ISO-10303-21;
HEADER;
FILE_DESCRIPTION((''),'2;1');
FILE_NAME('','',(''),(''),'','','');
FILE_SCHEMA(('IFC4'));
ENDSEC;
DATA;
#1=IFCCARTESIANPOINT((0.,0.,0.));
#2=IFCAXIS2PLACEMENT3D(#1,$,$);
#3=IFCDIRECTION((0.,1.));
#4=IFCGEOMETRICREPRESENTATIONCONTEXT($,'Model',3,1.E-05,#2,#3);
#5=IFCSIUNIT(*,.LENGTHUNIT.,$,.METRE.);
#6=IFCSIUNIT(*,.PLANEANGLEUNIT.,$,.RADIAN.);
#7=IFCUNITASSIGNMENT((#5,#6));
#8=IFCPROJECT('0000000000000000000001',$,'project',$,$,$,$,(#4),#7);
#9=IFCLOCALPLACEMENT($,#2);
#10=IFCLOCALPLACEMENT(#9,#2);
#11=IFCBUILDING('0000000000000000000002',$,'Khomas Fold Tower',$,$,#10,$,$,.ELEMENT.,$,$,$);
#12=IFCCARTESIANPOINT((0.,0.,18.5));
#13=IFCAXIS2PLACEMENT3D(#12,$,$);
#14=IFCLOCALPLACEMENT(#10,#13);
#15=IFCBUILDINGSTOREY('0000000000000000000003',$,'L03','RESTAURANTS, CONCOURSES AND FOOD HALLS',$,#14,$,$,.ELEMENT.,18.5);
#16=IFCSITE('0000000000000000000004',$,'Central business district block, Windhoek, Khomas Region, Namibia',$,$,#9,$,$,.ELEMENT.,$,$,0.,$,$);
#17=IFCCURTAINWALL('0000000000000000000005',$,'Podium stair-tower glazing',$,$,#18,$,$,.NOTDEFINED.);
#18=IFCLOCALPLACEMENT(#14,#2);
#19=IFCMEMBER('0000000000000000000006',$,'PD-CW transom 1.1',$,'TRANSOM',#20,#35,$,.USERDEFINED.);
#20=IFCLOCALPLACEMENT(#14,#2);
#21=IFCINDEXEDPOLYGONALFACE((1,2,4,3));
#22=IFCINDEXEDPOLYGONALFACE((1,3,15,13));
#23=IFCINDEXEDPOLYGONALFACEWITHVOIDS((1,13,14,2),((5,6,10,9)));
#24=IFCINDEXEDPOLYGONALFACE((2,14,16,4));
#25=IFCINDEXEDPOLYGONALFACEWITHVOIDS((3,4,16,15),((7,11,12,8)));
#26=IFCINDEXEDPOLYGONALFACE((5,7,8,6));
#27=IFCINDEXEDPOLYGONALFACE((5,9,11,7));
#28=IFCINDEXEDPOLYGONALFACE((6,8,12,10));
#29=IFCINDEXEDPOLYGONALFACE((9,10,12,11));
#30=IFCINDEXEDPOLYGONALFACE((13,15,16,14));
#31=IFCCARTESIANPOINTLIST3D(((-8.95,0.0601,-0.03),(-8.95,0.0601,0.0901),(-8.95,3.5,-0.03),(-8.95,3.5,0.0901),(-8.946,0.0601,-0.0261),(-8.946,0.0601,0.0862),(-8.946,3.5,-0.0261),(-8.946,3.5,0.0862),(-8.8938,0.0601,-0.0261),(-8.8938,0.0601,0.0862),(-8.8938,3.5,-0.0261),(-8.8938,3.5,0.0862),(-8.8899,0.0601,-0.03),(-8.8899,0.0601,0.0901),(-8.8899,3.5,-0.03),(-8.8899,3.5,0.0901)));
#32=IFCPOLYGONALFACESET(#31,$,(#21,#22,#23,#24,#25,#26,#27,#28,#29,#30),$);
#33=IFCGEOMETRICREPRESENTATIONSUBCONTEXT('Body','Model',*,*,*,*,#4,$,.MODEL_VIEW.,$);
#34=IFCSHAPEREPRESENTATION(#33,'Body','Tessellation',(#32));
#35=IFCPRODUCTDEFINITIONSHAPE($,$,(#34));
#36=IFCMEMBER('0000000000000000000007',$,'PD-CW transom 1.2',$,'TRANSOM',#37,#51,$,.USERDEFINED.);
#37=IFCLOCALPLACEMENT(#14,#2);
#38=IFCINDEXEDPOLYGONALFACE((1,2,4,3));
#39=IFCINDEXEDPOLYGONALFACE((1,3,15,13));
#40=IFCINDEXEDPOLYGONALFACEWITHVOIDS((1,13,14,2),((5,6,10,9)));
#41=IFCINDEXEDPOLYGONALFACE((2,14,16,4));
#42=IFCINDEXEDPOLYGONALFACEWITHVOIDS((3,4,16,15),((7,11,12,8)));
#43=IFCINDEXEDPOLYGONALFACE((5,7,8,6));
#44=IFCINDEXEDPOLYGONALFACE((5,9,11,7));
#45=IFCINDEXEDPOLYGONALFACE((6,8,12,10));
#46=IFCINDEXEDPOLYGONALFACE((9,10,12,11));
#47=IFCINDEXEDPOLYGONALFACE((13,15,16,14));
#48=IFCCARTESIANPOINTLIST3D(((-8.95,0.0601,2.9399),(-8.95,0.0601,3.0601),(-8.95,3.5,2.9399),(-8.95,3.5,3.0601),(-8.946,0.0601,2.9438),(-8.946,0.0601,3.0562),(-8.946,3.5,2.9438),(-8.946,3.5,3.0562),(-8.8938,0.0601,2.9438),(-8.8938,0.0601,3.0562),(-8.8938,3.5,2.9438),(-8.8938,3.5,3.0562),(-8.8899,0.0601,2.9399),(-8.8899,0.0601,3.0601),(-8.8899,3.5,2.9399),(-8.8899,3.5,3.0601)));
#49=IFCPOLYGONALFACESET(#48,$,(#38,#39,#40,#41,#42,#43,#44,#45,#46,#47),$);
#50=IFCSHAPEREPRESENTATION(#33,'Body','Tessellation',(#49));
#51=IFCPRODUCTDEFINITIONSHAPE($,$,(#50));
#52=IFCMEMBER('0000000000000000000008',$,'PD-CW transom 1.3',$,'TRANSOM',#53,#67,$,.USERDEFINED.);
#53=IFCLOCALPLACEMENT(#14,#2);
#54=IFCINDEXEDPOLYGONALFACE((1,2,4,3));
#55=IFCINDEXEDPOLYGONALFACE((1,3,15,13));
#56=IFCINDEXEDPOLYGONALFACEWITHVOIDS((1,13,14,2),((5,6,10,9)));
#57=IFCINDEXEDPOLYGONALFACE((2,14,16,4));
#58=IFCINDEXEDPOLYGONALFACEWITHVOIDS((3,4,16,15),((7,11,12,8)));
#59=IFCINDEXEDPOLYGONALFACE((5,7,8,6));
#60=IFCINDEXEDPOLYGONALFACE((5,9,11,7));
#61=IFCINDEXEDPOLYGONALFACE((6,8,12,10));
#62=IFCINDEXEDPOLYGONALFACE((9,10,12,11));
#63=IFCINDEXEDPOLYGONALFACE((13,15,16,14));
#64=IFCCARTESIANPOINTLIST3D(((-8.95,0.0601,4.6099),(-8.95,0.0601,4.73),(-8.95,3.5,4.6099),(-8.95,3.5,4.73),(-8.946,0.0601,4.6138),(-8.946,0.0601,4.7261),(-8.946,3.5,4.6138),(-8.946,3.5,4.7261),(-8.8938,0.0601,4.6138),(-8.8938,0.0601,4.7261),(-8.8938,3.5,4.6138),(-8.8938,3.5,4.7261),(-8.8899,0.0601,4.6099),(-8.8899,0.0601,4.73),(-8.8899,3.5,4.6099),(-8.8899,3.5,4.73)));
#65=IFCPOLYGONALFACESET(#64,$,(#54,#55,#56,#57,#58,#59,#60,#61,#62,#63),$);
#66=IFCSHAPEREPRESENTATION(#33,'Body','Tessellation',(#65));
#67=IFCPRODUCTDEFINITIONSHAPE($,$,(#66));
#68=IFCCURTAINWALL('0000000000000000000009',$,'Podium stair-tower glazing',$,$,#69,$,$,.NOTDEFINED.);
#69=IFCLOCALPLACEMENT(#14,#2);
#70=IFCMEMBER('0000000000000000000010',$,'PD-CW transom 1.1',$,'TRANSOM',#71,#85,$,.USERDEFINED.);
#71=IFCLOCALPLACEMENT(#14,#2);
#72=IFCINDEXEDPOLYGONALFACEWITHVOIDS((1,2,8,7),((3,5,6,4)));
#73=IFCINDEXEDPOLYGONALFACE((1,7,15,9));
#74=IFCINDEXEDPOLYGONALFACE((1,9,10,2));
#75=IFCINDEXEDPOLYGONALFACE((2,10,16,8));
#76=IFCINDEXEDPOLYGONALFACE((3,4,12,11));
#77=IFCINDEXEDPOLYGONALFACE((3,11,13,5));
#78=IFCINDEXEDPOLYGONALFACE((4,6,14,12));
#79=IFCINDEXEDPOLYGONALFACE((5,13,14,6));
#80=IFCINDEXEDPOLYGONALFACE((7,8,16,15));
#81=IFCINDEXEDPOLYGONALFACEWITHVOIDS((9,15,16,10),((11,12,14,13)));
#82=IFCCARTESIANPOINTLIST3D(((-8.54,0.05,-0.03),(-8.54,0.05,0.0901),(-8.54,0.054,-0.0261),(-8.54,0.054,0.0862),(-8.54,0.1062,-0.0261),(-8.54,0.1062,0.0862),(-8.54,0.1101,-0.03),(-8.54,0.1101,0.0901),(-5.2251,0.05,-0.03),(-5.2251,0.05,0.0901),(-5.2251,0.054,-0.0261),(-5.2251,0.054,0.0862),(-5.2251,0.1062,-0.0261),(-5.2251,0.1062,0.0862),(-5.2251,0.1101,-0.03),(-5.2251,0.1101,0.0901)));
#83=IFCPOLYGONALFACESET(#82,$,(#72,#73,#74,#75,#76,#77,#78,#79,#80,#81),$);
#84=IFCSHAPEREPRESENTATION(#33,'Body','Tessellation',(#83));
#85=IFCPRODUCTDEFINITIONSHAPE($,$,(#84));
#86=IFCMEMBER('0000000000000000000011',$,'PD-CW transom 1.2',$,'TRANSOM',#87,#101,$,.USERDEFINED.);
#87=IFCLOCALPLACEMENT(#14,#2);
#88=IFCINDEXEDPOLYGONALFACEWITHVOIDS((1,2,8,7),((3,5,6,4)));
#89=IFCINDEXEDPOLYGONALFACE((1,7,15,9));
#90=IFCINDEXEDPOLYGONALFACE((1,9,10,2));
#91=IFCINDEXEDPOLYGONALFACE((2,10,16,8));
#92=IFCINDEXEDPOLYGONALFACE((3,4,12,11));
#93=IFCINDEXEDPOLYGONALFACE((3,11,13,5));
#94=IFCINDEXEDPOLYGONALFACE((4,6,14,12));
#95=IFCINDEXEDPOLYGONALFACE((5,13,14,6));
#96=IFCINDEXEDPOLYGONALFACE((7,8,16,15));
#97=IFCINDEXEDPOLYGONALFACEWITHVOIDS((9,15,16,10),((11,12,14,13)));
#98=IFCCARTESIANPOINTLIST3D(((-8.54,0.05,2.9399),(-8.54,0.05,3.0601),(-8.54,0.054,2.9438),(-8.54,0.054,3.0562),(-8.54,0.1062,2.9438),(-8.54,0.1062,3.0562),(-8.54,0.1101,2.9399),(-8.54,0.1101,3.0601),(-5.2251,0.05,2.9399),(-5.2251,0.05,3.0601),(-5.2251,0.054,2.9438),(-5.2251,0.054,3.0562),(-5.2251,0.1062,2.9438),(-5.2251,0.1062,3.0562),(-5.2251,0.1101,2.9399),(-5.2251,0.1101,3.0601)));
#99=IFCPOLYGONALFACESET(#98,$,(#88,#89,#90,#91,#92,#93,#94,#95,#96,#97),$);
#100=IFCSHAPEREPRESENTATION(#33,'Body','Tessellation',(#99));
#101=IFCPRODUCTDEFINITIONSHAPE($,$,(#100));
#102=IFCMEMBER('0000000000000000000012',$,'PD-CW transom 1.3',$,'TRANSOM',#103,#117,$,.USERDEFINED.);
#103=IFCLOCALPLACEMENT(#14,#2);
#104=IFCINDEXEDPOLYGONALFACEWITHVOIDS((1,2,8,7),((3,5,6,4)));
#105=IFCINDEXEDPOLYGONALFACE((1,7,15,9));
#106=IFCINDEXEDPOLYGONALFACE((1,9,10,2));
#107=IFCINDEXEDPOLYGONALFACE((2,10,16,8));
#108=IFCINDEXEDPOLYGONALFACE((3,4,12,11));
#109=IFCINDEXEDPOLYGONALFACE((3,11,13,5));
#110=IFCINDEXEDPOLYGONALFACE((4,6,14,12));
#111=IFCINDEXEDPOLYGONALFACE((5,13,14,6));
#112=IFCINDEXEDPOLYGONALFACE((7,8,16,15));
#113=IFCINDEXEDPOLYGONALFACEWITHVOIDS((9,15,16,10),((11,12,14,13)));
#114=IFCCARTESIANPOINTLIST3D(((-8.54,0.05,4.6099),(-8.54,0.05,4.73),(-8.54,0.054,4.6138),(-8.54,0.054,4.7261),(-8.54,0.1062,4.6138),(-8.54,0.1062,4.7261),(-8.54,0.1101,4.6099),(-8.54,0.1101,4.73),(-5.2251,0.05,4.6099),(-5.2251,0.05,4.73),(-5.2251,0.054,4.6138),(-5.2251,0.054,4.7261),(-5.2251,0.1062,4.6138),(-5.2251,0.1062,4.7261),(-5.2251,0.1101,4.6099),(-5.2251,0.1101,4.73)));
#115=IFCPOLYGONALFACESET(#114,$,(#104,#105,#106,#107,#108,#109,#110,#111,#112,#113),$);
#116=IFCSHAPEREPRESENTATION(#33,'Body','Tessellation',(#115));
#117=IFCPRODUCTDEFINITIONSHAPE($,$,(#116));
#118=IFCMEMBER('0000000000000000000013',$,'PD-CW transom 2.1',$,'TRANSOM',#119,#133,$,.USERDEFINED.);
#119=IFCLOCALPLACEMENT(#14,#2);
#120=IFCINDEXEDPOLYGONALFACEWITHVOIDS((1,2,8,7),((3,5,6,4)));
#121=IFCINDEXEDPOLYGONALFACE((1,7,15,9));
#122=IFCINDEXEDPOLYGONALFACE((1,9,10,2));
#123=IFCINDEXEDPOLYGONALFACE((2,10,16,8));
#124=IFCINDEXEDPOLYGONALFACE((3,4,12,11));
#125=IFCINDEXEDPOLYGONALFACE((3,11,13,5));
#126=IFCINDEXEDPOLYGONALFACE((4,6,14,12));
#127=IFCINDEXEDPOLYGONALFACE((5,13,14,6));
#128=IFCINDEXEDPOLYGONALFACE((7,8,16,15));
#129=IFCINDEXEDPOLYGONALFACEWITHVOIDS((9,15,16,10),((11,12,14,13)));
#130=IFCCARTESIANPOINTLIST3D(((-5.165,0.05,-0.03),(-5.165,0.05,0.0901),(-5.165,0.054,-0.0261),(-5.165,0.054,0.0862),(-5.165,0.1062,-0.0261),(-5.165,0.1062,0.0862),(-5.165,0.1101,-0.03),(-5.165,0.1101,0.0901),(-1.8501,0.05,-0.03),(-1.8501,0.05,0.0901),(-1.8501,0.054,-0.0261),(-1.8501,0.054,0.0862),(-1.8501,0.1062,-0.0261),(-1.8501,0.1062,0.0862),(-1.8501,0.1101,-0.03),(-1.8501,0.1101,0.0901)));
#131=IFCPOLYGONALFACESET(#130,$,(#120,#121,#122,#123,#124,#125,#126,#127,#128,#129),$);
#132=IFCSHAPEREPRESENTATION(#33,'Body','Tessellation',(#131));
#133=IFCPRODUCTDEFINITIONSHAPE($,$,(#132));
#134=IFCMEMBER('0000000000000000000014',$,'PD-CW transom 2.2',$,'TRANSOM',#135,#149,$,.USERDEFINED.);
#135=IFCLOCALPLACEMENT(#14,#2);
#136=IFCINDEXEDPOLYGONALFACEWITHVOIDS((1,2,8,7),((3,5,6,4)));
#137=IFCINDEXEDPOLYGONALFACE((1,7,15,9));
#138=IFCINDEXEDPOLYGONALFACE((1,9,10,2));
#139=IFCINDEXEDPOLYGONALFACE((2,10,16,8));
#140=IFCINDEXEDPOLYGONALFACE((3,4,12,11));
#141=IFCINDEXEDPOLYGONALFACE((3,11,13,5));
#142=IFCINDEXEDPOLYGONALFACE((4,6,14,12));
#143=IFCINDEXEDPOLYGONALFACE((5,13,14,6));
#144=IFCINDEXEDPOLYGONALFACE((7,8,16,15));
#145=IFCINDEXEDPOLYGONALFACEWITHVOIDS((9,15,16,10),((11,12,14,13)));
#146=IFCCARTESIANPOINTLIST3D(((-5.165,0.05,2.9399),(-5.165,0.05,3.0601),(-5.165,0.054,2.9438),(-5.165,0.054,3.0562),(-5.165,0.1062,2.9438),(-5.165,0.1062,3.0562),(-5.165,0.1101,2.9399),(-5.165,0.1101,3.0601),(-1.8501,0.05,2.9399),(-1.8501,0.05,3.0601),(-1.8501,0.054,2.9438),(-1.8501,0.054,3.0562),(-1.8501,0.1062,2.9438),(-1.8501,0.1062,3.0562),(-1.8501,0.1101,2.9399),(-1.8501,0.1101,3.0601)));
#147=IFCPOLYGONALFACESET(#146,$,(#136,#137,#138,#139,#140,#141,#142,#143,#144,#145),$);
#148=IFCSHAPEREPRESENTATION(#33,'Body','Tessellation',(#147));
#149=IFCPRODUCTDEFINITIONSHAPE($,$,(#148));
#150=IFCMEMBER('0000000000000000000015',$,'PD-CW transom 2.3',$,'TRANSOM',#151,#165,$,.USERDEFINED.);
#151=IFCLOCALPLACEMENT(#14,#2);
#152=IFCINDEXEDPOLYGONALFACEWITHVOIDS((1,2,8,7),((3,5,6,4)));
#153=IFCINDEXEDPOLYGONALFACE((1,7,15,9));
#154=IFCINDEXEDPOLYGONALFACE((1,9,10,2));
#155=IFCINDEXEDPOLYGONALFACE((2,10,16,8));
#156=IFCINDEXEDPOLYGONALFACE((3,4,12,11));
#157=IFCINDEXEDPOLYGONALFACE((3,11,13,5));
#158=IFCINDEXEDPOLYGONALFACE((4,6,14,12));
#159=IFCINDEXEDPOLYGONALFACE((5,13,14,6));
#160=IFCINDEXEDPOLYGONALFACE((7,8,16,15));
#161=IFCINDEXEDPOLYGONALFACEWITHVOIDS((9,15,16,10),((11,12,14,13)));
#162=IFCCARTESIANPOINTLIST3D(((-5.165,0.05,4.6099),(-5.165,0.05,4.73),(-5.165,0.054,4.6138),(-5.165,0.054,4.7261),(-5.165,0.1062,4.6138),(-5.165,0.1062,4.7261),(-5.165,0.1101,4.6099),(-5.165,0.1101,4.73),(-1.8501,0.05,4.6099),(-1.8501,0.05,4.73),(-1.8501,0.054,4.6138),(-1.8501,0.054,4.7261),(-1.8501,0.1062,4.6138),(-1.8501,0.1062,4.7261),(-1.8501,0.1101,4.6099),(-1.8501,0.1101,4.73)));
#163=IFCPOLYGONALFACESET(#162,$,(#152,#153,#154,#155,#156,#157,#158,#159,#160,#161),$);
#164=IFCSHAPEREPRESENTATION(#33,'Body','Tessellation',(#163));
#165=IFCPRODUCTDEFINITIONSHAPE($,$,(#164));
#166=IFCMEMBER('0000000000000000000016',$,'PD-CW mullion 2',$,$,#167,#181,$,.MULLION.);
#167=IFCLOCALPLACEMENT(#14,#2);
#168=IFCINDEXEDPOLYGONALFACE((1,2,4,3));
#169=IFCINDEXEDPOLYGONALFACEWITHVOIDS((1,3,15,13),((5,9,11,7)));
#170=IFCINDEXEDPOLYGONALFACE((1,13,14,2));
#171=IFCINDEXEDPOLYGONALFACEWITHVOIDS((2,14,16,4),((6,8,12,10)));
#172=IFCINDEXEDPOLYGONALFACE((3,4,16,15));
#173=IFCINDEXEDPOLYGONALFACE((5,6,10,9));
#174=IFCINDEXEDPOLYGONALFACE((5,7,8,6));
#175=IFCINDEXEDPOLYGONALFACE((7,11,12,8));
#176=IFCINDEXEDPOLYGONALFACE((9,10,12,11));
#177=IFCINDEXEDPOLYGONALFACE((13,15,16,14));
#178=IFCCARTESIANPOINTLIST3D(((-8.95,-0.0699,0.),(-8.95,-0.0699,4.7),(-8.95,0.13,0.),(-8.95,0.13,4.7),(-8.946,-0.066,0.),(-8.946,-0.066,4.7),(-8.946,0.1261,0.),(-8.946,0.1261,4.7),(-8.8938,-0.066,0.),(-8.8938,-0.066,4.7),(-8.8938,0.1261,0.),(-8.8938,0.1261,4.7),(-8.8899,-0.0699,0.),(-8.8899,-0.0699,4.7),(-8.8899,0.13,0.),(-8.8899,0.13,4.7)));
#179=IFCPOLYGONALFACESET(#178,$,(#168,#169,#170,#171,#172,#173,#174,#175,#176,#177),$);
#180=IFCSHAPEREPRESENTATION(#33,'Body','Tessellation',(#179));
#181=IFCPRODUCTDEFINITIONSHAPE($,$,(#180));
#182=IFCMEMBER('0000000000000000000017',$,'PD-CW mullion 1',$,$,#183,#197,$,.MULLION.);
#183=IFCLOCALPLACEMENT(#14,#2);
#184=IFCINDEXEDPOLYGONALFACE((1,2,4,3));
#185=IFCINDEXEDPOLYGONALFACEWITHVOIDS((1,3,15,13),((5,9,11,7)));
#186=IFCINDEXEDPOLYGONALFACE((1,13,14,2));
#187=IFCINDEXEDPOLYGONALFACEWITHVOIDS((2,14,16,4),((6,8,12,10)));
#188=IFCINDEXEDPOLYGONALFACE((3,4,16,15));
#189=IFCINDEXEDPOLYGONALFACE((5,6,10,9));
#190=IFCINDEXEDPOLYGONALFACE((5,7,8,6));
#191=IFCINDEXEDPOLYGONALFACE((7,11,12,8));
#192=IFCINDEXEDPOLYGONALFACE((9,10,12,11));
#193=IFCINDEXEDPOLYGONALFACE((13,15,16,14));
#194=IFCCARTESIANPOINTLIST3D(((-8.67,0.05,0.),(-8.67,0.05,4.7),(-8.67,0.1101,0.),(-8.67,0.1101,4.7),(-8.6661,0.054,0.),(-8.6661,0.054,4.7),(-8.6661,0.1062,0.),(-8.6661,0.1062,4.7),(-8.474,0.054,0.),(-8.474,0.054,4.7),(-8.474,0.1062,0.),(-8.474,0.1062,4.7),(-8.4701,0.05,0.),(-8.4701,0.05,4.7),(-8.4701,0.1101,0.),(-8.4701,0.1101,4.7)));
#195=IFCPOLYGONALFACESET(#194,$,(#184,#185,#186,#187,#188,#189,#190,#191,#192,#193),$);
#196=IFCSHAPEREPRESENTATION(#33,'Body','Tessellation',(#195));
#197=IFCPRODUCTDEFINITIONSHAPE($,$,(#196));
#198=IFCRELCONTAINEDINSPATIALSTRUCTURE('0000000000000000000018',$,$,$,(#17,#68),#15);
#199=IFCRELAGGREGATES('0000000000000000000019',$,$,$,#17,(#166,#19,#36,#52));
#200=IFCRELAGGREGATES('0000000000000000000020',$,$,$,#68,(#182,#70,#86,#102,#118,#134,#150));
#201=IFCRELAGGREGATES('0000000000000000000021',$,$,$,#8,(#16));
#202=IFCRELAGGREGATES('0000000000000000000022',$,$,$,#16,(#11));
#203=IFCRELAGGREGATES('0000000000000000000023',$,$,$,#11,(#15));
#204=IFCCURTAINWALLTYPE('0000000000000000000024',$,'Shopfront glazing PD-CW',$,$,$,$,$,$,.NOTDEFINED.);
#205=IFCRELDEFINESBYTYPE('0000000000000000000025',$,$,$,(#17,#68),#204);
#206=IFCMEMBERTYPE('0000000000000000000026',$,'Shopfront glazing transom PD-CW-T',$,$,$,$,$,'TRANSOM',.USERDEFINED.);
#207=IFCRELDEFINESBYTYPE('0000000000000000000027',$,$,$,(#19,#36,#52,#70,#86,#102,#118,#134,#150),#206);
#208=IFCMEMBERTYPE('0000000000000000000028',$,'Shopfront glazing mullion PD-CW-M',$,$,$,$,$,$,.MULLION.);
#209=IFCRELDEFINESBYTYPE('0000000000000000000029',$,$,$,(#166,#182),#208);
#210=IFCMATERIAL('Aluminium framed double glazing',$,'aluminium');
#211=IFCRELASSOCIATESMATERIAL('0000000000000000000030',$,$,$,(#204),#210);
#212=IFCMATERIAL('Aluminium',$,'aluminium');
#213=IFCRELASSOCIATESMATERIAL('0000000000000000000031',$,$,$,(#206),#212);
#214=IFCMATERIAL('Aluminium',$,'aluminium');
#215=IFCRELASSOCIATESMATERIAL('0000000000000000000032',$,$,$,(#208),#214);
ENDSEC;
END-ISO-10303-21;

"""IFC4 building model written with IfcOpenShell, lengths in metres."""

from ifc_helpers import new_model, si_unit, direction, frame, origin, origin_2d, place, context, subcontext, project, spatial, hollow_rectangle, extrude, source, transform, mapped, material, material_profile, profile_set, type_object, element, aggregate, save


model = new_model("IFC4")

# Units and contexts
model_context = context("Model", 3, precision=1e-05, world=origin(), true_north=direction((0.0, 1.0)))
body_context = subcontext(model_context, "Body", "Model", "MODEL_VIEW")
ifc_project = project(units=[si_unit("LENGTHUNIT", "METRE"), si_unit("PLANEANGLEUNIT", "RADIAN")], contexts=[model_context])

# Site, building, storey
site_placement = place(None, origin())
site = spatial("IfcSite", under=ifc_project, at=site_placement, Name="Central business district block, Windhoek, Khomas Region, Namibia", CompositionType="ELEMENT", RefElevation=0.0)
building_placement = place(site_placement, origin())
building = spatial("IfcBuilding", under=site, at=building_placement, Name="Khomas Fold Tower", CompositionType="ELEMENT")
storey_placement = place(building_placement, frame((0.0, 0.0, 18.5)))
storey = spatial("IfcBuildingStorey", under=building, at=storey_placement, Name="L03", Description="RESTAURANTS, CONCOURSES AND FOOD HALLS", CompositionType="ELEMENT", Elevation=18.5)

# Curtain walls, members
ifc_material_1 = material(Name="Aluminium framed double glazing", Category="aluminium")
curtain_wall_type = type_object("IfcCurtainWallType", Name="Shopfront glazing PD-CW", PredefinedType="NOTDEFINED", material=ifc_material_1)
curtain_wall_1_placement = place(storey_placement, origin())
curtain_wall_1 = element("IfcCurtainWall", 1, at=curtain_wall_1_placement, inside=storey, type_object=curtain_wall_type, Name="Podium stair-tower glazing", PredefinedType="NOTDEFINED")
ifc_material_2 = material(Name="Aluminium", Category="aluminium")
ifc_material_profile_1 = material_profile(ifc_material_2, hollow_rectangle(XDim=0.0601, YDim=0.1201, WallThickness=0.0039, at=origin_2d()), Name="Shopfront glazing transom PD-CW-T")
ifc_profile_set_1 = profile_set([ifc_material_profile_1], Name="Aluminium")
member_type_1 = type_object("IfcMemberType", Name="Shopfront glazing transom PD-CW-T", ElementType="TRANSOM", PredefinedType="USERDEFINED", material=ifc_profile_set_1)
shared_shape_1 = source(origin(), body_context, "Body", "SweptSolid", [
    extrude(hollow_rectangle(XDim=0.0601, YDim=0.1201, WallThickness=0.0039, at=origin_2d()), origin(), (0.0, 0.0, 1.0), 3.4399),
])
member_1_placement = place(storey_placement, frame((-8.9199, 3.5, 0.03), z_axis=(0.0, -1.0, 0.0), x_axis=(1.0, 0.0, 0.0)))
member_1 = element("IfcMember", 2, at=member_1_placement, type_object=member_type_1, Name="PD-CW transom 1.1", ObjectType="TRANSOM", PredefinedType="USERDEFINED", context=body_context, shape_type="MappedRepresentation", body=[
    mapped(shared_shape_1, transform((0.0, 0.0, 0.0))),
])
member_2_placement = place(storey_placement, frame((-8.9199, 3.5, 3.0), z_axis=(0.0, -1.0, 0.0), x_axis=(1.0, 0.0, 0.0)))
member_2 = element("IfcMember", 3, at=member_2_placement, type_object=member_type_1, Name="PD-CW transom 1.2", ObjectType="TRANSOM", PredefinedType="USERDEFINED", context=body_context, shape_type="MappedRepresentation", body=[
    mapped(shared_shape_1, transform((0.0, 0.0, 0.0))),
])
member_3_placement = place(storey_placement, frame((-8.9199, 3.5, 4.6699), z_axis=(0.0, -1.0, 0.0), x_axis=(1.0, 0.0, 0.0)))
member_3 = element("IfcMember", 4, at=member_3_placement, type_object=member_type_1, Name="PD-CW transom 1.3", ObjectType="TRANSOM", PredefinedType="USERDEFINED", context=body_context, shape_type="MappedRepresentation", body=[
    mapped(shared_shape_1, transform((0.0, 0.0, 0.0))),
])
curtain_wall_2_placement = place(storey_placement, origin())
curtain_wall_2 = element("IfcCurtainWall", 5, at=curtain_wall_2_placement, inside=storey, type_object=curtain_wall_type, Name="Podium stair-tower glazing", PredefinedType="NOTDEFINED")
shared_shape_2 = source(origin(), body_context, "Body", "SweptSolid", [
    extrude(hollow_rectangle(XDim=0.0601, YDim=0.1201, WallThickness=0.0039, at=origin_2d()), origin(), (0.0, 0.0, 1.0), 3.3149),
])
member_4_placement = place(storey_placement, frame((-8.54, 0.0801, 0.03), z_axis=(1.0, 0.0, 0.0), x_axis=(0.0, 1.0, 0.0)))
member_4 = element("IfcMember", 6, at=member_4_placement, type_object=member_type_1, Name="PD-CW transom 1.1", ObjectType="TRANSOM", PredefinedType="USERDEFINED", context=body_context, shape_type="MappedRepresentation", body=[
    mapped(shared_shape_2, transform((0.0, 0.0, 0.0))),
])
member_5_placement = place(storey_placement, frame((-8.54, 0.0801, 3.0), z_axis=(1.0, 0.0, 0.0), x_axis=(0.0, 1.0, 0.0)))
member_5 = element("IfcMember", 7, at=member_5_placement, type_object=member_type_1, Name="PD-CW transom 1.2", ObjectType="TRANSOM", PredefinedType="USERDEFINED", context=body_context, shape_type="MappedRepresentation", body=[
    mapped(shared_shape_2, transform((0.0, 0.0, 0.0))),
])
member_6_placement = place(storey_placement, frame((-8.54, 0.0801, 4.6699), z_axis=(1.0, 0.0, 0.0), x_axis=(0.0, 1.0, 0.0)))
member_6 = element("IfcMember", 8, at=member_6_placement, type_object=member_type_1, Name="PD-CW transom 1.3", ObjectType="TRANSOM", PredefinedType="USERDEFINED", context=body_context, shape_type="MappedRepresentation", body=[
    mapped(shared_shape_2, transform((0.0, 0.0, 0.0))),
])
member_7_placement = place(storey_placement, frame((-5.165, 0.0801, 0.03), z_axis=(1.0, 0.0, 0.0), x_axis=(0.0, 1.0, 0.0)))
member_7 = element("IfcMember", 9, at=member_7_placement, type_object=member_type_1, Name="PD-CW transom 2.1", ObjectType="TRANSOM", PredefinedType="USERDEFINED", context=body_context, shape_type="MappedRepresentation", body=[
    mapped(shared_shape_2, transform((0.0, 0.0, 0.0))),
])
member_8_placement = place(storey_placement, frame((-5.165, 0.0801, 3.0), z_axis=(1.0, 0.0, 0.0), x_axis=(0.0, 1.0, 0.0)))
member_8 = element("IfcMember", 10, at=member_8_placement, type_object=member_type_1, Name="PD-CW transom 2.2", ObjectType="TRANSOM", PredefinedType="USERDEFINED", context=body_context, shape_type="MappedRepresentation", body=[
    mapped(shared_shape_2, transform((0.0, 0.0, 0.0))),
])
member_9_placement = place(storey_placement, frame((-5.165, 0.0801, 4.6699), z_axis=(1.0, 0.0, 0.0), x_axis=(0.0, 1.0, 0.0)))
member_9 = element("IfcMember", 11, at=member_9_placement, type_object=member_type_1, Name="PD-CW transom 2.3", ObjectType="TRANSOM", PredefinedType="USERDEFINED", context=body_context, shape_type="MappedRepresentation", body=[
    mapped(shared_shape_2, transform((0.0, 0.0, 0.0))),
])

# Members
ifc_material_3 = material(Name="Aluminium", Category="aluminium")
ifc_material_profile_2 = material_profile(ifc_material_3, hollow_rectangle(XDim=0.0601, YDim=0.2, WallThickness=0.0039, at=origin_2d()), Name="Shopfront glazing mullion PD-CW-M")
ifc_profile_set_2 = profile_set([ifc_material_profile_2], Name="Aluminium")
member_type_2 = type_object("IfcMemberType", Name="Shopfront glazing mullion PD-CW-M", PredefinedType="MULLION", material=ifc_profile_set_2)
shared_shape_3 = source(origin(), body_context, "Body", "SweptSolid", [
    extrude(hollow_rectangle(XDim=0.0601, YDim=0.2, WallThickness=0.0039, at=origin_2d()), origin(), (0.0, 0.0, 1.0), 4.7),
])
member_10_placement = place(storey_placement, frame((-8.9199, 0.03, 0.0), z_axis=(0.0, 0.0, 1.0), x_axis=(1.0, 0.0, 0.0)))
member_10 = element("IfcMember", 12, at=member_10_placement, type_object=member_type_2, Name="PD-CW mullion 2", PredefinedType="MULLION", context=body_context, shape_type="MappedRepresentation", body=[
    mapped(shared_shape_3, transform((0.0, 0.0, 0.0))),
])
member_11_placement = place(storey_placement, frame((-8.5701, 0.0801, 0.0), z_axis=(0.0, 0.0, 1.0), x_axis=(0.0, 1.0, 0.0)))
member_11 = element("IfcMember", 13, at=member_11_placement, type_object=member_type_2, Name="PD-CW mullion 1", PredefinedType="MULLION", context=body_context, shape_type="MappedRepresentation", body=[
    mapped(shared_shape_3, transform((0.0, 0.0, 0.0))),
])

aggregate(curtain_wall_1, [member_10, member_1, member_2, member_3])
aggregate(curtain_wall_2, [member_11, member_4, member_5, member_6, member_7, member_8, member_9])

save(model, "model.ifc")
